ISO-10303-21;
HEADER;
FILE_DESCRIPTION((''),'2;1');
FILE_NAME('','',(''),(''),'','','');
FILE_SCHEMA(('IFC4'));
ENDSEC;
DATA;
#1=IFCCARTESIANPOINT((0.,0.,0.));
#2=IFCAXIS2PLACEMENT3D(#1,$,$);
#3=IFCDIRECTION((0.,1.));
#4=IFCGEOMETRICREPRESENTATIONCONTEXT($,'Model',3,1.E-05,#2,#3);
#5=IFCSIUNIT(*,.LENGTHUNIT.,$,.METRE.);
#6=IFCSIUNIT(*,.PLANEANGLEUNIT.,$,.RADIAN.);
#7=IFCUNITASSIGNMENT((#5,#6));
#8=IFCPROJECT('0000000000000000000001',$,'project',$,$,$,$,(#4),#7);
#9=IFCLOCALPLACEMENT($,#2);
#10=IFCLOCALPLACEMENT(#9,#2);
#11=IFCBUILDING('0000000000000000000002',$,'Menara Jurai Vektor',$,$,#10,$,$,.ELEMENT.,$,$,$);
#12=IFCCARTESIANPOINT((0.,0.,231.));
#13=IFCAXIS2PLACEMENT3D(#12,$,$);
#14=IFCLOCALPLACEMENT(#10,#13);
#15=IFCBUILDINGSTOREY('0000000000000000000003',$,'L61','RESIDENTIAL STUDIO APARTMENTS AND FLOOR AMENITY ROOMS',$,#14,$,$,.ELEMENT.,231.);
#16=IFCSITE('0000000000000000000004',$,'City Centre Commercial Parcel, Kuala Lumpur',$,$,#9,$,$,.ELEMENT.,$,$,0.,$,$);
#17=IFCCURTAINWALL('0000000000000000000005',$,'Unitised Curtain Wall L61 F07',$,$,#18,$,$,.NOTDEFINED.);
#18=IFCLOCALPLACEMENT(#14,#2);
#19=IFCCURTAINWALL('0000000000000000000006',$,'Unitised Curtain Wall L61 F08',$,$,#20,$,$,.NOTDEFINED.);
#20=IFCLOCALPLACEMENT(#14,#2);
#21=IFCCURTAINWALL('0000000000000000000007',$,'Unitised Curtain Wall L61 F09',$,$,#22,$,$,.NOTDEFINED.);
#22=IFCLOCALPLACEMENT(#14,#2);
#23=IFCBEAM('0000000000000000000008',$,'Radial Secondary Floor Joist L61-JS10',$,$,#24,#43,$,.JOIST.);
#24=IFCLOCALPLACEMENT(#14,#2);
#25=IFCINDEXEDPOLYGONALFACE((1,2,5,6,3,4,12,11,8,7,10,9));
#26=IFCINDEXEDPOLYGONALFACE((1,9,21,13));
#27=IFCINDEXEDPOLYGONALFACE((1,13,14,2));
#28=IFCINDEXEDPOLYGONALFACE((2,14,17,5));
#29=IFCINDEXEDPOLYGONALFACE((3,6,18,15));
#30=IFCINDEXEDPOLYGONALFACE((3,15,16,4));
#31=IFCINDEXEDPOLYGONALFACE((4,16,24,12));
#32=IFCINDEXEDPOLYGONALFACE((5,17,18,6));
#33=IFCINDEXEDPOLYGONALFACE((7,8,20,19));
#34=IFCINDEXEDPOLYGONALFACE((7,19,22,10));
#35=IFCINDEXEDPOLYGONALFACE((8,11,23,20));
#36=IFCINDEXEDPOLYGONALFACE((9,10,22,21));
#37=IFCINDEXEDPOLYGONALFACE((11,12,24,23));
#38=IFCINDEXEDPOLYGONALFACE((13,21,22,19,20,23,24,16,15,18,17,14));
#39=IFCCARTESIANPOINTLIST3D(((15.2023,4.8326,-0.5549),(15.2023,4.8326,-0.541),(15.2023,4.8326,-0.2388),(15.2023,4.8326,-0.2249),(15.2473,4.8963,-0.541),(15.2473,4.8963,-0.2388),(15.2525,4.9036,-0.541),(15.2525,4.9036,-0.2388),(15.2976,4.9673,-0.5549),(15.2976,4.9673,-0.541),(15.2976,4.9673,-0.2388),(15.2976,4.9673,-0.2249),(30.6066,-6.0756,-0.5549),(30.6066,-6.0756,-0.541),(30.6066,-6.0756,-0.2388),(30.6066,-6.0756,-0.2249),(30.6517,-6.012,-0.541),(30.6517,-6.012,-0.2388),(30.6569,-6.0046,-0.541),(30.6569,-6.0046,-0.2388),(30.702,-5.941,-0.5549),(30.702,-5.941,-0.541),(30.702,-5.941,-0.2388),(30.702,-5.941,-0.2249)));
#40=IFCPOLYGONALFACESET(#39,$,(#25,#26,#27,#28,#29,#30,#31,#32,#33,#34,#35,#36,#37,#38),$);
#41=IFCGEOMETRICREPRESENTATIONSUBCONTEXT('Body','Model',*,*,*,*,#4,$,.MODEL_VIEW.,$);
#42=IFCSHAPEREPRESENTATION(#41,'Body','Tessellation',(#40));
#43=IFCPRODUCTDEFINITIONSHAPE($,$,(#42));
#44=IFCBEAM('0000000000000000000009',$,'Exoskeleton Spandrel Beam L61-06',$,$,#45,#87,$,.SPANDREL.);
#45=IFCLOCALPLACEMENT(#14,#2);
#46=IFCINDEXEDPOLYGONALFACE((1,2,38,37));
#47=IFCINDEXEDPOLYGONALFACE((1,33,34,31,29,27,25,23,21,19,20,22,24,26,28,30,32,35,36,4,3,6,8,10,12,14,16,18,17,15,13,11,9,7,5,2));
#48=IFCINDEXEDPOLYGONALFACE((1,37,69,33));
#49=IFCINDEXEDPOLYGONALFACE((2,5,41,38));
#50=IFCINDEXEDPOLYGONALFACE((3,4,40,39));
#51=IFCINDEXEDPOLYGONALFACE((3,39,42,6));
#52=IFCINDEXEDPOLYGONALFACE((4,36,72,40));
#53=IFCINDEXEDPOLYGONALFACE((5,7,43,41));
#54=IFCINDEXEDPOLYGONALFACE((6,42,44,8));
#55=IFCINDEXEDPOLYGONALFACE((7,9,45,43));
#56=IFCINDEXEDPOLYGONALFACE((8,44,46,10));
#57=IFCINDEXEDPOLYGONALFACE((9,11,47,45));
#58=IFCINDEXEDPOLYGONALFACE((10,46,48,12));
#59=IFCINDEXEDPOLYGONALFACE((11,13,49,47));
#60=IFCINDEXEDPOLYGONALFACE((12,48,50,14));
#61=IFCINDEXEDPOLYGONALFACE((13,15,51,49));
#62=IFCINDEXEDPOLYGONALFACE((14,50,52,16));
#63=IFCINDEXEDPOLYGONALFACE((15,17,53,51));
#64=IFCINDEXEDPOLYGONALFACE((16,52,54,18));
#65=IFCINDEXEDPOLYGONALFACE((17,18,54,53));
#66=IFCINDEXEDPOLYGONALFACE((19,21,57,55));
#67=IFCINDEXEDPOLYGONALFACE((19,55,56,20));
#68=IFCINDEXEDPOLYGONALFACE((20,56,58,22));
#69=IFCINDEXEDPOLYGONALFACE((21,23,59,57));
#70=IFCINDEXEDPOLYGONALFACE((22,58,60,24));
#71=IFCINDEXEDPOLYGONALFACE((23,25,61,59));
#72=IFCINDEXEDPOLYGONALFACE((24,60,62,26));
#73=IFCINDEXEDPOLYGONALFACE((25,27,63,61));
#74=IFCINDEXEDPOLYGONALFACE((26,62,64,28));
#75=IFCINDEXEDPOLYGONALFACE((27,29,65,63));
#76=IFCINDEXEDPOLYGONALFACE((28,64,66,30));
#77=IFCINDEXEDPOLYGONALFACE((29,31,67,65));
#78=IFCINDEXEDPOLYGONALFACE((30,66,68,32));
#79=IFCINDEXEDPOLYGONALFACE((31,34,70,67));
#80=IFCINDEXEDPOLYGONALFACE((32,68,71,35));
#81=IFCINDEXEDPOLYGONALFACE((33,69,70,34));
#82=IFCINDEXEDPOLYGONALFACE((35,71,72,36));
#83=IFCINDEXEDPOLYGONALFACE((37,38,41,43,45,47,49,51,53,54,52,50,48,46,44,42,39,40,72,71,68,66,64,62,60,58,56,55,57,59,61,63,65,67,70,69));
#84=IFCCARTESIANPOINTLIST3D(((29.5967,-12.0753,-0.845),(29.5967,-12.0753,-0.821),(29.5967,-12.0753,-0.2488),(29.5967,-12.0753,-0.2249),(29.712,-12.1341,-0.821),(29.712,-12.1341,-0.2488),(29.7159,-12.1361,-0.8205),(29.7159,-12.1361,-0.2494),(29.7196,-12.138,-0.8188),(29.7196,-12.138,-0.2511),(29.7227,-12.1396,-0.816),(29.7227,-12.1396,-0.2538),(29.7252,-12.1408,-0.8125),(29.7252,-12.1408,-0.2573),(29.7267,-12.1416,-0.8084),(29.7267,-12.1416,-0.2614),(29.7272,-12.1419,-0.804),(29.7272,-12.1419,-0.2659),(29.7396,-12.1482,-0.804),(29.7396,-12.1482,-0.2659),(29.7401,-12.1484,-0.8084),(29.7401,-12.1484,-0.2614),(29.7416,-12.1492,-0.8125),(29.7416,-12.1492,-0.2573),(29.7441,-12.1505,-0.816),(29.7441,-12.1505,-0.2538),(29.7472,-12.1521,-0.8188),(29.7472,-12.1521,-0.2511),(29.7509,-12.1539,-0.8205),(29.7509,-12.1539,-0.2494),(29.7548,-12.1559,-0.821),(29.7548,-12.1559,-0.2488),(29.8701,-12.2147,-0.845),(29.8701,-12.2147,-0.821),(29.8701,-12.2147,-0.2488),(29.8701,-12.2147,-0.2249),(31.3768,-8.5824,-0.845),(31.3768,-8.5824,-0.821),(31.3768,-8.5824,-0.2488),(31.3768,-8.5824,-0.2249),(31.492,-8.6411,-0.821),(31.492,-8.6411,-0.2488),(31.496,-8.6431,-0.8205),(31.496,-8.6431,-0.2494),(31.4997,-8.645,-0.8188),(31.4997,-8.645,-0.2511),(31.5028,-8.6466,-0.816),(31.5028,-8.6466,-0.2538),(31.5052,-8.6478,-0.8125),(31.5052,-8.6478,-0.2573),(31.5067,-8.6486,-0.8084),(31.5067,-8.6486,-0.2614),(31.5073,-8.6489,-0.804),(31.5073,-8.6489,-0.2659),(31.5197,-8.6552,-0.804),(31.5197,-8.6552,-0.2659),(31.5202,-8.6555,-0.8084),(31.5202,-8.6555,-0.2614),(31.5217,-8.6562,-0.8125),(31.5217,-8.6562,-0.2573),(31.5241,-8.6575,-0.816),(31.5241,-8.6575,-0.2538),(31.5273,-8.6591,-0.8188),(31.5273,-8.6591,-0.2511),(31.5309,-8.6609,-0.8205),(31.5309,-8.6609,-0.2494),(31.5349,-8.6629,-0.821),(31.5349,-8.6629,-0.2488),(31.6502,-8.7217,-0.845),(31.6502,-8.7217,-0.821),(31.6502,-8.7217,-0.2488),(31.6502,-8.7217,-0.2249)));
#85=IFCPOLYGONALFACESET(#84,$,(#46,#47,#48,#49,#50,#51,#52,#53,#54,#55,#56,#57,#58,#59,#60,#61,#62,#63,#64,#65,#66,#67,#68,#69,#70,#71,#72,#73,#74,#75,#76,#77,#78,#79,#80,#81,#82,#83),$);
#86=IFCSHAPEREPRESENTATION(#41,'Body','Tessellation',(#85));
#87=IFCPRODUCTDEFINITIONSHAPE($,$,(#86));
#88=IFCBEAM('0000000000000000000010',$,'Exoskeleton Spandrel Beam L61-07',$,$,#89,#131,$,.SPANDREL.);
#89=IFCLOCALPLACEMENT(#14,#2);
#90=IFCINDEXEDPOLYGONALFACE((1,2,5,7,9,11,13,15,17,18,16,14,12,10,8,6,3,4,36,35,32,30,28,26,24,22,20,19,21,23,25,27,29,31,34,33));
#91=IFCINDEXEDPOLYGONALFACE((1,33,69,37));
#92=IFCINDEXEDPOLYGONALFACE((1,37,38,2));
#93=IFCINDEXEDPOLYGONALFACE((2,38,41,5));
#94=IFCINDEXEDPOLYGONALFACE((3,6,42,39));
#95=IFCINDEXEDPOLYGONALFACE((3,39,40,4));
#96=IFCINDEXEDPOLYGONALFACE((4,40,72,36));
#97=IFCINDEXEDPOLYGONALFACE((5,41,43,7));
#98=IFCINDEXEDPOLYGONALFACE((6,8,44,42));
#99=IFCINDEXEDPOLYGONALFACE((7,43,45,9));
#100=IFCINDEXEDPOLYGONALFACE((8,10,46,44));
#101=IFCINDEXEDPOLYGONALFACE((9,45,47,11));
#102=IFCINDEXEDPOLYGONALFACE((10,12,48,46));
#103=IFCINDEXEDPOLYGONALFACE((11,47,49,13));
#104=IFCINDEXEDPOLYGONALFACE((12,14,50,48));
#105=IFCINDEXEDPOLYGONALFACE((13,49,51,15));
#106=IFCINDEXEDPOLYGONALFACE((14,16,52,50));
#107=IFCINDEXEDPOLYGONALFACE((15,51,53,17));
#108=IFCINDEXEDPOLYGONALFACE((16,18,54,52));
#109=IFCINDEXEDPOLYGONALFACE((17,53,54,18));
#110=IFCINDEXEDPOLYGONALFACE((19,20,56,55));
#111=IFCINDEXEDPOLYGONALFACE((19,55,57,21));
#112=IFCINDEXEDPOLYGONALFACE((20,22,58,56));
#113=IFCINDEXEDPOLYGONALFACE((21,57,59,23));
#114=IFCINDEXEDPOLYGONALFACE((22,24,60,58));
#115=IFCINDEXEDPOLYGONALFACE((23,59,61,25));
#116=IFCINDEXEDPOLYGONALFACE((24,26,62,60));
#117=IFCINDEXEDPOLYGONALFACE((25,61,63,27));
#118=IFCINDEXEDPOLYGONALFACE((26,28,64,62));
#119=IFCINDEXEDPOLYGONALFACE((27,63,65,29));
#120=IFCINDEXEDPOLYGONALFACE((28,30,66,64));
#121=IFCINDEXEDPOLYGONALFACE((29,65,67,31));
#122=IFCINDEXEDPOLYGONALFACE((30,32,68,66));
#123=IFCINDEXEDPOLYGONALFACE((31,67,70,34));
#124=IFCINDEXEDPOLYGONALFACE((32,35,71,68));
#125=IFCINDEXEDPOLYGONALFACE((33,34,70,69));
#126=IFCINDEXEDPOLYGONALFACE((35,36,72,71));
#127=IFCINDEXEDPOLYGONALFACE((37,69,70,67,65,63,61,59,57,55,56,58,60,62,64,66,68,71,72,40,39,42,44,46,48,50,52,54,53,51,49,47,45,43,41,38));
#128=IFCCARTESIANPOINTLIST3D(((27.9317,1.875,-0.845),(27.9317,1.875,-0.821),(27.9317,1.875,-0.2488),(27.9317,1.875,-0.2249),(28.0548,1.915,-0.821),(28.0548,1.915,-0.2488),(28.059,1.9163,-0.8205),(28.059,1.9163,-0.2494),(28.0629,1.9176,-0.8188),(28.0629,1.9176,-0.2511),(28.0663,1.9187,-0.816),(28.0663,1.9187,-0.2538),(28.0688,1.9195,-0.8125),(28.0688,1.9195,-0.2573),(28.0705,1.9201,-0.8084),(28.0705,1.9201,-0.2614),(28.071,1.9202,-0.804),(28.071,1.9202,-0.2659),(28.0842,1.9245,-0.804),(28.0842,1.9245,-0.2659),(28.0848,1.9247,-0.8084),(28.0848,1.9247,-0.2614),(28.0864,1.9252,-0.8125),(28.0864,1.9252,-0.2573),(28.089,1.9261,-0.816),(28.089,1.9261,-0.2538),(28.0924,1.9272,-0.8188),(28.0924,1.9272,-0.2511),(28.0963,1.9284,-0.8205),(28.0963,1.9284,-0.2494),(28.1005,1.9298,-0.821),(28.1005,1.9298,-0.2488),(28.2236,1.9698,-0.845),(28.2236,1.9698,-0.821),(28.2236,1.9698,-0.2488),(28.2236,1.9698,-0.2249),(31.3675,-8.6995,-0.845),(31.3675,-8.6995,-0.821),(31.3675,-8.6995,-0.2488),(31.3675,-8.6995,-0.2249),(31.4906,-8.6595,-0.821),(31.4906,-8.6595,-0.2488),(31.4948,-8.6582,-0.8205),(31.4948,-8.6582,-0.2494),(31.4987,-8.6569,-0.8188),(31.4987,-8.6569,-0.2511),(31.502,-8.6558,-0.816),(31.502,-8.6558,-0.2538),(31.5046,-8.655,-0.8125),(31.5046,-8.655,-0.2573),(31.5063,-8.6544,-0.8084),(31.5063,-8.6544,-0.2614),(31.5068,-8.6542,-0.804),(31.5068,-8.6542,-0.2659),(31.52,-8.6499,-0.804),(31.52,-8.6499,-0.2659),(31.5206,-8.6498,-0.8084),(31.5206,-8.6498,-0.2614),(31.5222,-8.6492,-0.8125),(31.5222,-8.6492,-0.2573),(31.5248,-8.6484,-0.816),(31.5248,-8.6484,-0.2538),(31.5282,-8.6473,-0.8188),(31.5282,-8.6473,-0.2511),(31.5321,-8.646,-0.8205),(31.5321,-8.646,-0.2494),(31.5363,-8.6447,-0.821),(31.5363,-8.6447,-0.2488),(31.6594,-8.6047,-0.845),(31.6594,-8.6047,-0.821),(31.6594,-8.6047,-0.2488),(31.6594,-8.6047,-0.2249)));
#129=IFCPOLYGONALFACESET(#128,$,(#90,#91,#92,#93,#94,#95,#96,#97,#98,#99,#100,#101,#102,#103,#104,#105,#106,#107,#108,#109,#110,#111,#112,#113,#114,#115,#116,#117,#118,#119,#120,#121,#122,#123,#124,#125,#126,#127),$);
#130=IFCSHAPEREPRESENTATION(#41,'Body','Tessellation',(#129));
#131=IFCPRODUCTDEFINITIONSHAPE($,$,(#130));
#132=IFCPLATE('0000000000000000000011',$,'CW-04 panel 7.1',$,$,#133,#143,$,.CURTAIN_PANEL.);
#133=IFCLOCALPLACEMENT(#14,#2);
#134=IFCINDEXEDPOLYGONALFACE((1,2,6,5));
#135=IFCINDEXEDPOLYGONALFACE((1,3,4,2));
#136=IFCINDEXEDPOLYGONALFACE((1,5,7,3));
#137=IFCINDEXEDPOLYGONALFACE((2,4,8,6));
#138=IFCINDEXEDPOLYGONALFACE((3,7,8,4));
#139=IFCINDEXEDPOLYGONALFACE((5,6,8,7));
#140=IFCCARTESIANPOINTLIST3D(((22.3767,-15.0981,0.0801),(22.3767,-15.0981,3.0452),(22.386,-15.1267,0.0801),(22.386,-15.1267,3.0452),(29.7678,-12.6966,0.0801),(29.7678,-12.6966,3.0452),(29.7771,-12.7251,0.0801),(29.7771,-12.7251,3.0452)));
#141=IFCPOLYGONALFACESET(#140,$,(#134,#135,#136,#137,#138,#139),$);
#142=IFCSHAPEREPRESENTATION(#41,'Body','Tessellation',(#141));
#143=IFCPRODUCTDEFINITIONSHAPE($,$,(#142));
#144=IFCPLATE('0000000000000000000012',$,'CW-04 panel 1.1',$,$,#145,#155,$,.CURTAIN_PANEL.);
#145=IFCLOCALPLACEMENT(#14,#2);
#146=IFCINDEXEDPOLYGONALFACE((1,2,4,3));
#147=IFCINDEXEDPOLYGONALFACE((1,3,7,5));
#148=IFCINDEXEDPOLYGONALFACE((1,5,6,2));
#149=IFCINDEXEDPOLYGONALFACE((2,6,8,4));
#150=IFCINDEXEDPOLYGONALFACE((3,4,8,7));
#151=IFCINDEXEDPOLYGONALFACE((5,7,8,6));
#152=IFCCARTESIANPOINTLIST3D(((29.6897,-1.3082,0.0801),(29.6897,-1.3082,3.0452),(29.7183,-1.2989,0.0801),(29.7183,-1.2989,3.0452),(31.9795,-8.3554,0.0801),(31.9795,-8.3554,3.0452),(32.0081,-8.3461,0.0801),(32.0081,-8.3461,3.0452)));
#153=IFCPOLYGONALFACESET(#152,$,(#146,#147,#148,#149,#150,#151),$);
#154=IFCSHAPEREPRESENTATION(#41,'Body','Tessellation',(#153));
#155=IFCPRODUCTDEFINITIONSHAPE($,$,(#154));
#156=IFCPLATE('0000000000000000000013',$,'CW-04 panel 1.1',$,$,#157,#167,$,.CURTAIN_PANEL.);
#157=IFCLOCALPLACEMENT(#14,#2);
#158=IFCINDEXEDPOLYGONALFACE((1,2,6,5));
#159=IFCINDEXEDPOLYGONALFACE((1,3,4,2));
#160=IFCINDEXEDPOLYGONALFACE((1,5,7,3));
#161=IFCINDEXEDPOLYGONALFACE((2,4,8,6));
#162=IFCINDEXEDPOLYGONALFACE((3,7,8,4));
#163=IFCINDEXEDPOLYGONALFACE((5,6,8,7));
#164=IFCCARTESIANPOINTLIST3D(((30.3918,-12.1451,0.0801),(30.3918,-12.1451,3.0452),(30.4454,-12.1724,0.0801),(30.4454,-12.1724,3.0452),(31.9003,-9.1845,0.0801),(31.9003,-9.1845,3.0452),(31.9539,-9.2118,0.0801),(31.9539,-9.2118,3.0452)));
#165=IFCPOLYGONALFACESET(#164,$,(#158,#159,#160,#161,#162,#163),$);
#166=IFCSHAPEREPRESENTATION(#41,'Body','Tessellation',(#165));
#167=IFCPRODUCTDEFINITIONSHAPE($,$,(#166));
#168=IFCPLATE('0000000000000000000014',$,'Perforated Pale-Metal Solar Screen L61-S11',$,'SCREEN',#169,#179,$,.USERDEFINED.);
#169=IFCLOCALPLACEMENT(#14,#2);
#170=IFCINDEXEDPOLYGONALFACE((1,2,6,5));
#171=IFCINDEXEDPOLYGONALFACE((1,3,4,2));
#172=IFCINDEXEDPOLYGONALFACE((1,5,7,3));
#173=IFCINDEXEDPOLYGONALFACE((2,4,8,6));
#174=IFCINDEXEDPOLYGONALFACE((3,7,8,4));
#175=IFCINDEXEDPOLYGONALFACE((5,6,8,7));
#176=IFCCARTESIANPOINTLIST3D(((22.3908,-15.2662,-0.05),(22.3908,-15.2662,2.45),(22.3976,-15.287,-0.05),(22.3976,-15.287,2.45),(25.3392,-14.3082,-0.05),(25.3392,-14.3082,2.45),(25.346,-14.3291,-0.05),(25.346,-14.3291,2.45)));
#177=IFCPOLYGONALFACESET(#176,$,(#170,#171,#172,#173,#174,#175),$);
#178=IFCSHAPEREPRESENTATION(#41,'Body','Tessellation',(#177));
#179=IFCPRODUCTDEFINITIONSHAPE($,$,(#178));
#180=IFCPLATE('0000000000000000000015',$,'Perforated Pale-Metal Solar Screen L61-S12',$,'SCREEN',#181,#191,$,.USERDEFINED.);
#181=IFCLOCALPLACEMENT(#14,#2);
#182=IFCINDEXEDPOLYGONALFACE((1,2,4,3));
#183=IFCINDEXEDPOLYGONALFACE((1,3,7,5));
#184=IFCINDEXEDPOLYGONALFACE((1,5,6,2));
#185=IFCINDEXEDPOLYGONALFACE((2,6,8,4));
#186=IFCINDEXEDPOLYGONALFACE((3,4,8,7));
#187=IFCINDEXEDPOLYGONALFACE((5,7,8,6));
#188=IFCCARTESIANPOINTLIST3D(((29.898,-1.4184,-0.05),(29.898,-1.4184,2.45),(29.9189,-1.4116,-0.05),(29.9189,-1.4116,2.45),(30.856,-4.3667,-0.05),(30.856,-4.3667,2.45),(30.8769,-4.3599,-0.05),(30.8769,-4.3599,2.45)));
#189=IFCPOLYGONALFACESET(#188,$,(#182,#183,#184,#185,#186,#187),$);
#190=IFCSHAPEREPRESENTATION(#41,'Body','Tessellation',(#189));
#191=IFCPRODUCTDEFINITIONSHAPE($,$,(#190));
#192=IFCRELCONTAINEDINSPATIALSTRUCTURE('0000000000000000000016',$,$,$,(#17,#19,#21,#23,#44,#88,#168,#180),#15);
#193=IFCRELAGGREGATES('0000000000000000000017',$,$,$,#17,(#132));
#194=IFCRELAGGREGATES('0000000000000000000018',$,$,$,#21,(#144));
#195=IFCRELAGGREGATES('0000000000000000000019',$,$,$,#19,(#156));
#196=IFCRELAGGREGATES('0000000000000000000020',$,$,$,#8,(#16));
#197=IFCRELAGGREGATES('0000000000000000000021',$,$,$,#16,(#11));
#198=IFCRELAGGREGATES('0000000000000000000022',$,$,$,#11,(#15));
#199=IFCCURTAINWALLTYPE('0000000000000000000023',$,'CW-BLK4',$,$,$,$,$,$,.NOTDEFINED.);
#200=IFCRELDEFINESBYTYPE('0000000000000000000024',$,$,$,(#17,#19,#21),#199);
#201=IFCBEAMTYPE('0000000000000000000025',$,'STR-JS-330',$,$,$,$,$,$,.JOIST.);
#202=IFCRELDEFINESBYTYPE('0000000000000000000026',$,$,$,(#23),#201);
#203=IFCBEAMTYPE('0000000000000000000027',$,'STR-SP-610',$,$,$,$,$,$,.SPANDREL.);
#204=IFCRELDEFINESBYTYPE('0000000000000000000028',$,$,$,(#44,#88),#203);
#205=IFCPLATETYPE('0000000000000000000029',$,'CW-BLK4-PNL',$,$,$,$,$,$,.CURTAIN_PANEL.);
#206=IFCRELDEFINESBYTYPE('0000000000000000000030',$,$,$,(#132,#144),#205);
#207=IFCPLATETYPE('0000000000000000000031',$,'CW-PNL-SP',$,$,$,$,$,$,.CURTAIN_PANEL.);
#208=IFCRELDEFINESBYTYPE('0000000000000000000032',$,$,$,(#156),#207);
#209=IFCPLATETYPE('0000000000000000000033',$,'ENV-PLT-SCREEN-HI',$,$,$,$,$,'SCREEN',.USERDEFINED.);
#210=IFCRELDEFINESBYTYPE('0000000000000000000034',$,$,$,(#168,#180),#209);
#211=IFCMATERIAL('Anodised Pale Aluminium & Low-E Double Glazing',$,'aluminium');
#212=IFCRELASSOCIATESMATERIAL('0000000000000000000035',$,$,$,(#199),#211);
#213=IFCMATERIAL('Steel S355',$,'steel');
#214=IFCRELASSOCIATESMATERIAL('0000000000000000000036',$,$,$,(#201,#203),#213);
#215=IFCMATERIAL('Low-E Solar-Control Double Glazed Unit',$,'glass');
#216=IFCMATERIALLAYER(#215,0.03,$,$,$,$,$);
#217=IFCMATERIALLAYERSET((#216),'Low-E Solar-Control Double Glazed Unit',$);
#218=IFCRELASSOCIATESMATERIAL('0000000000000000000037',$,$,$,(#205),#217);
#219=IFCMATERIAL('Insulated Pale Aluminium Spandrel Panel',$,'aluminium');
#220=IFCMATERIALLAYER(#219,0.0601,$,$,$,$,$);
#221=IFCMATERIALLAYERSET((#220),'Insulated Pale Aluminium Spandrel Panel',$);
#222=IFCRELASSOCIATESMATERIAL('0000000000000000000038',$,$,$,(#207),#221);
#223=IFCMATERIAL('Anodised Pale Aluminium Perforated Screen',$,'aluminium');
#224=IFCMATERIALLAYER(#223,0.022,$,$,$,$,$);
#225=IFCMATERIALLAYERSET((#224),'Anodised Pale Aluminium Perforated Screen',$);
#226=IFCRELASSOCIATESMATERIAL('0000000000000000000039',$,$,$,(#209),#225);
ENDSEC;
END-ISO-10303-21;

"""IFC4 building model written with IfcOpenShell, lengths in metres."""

from ifc_helpers import new_model, si_unit, direction, frame, origin, origin_2d, place, context, subcontext, project, spatial, rectangle, i_section, extrude, material, layer, layer_set, material_profile, profile_set, type_object, element, aggregate, save


model = new_model("IFC4")

# Units and contexts
model_context = context("Model", 3, precision=1e-05, world=origin(), true_north=direction((0.0, 1.0)))
body_context = subcontext(model_context, "Body", "Model", "MODEL_VIEW")
ifc_project = project(units=[si_unit("LENGTHUNIT", "METRE"), si_unit("PLANEANGLEUNIT", "RADIAN")], contexts=[model_context])

# Site, building, storey
site_placement = place(None, origin())
site = spatial("IfcSite", under=ifc_project, at=site_placement, Name="City Centre Commercial Parcel, Kuala Lumpur", CompositionType="ELEMENT", RefElevation=0.0)
building_placement = place(site_placement, origin())
building = spatial("IfcBuilding", under=site, at=building_placement, Name="Menara Jurai Vektor", CompositionType="ELEMENT")
storey_placement = place(building_placement, frame((0.0, 0.0, 231.0)))
storey = spatial("IfcBuildingStorey", under=building, at=storey_placement, Name="L61", Description="RESIDENTIAL STUDIO APARTMENTS AND FLOOR AMENITY ROOMS", CompositionType="ELEMENT", Elevation=231.0)

# Curtain wall
ifc_material_1 = material(Name="Anodised Pale Aluminium & Low-E Double Glazing", Category="aluminium")
curtain_wall_type = type_object("IfcCurtainWallType", Name="CW-BLK4", PredefinedType="NOTDEFINED", material=ifc_material_1)
curtain_wall_1_placement = place(storey_placement, origin())
curtain_wall_1 = element("IfcCurtainWall", 1, at=curtain_wall_1_placement, inside=storey, type_object=curtain_wall_type, Name="Unitised Curtain Wall L61 F07", PredefinedType="NOTDEFINED")

# Curtain walls
curtain_wall_2_placement = place(storey_placement, origin())
curtain_wall_2 = element("IfcCurtainWall", 2, at=curtain_wall_2_placement, inside=storey, type_object=curtain_wall_type, Name="Unitised Curtain Wall L61 F08", PredefinedType="NOTDEFINED")
curtain_wall_3_placement = place(storey_placement, origin())
curtain_wall_3 = element("IfcCurtainWall", 3, at=curtain_wall_3_placement, inside=storey, type_object=curtain_wall_type, Name="Unitised Curtain Wall L61 F09", PredefinedType="NOTDEFINED")

# Shared definitions
ifc_material_2 = material(Name="Steel S355", Category="steel")

# Beams
ifc_material_profile_1 = material_profile(ifc_material_2, i_section(OverallWidth=0.165, OverallDepth=0.3301, WebThickness=0.009, FlangeThickness=0.0139, at=origin_2d()), Name="PG 330x165x46")
ifc_profile_set_1 = profile_set([ifc_material_profile_1], Name="Steel S355")
beam_type_1 = type_object("IfcBeamType", Name="STR-JS-330", PredefinedType="JOIST", material=ifc_profile_set_1)
beam_1_placement = place(storey_placement, frame((30.6543, -6.0083, -0.3899), z_axis=(-0.816104, 0.577905, 0.0), x_axis=(-0.577905, -0.816104, 0.0)))
element("IfcBeam", 4, at=beam_1_placement, inside=storey, type_object=beam_type_1, Name="Radial Secondary Floor Joist L61-JS10", PredefinedType="JOIST", context=body_context, shape_type="SweptSolid", body=[
    extrude(i_section(OverallWidth=0.165, OverallDepth=0.3301, WebThickness=0.009, FlangeThickness=0.0139, at=origin_2d()), origin(), (0.0, 0.0, 1.0), 18.8755),
])
ifc_material_profile_2 = material_profile(ifc_material_2, i_section(OverallWidth=0.3069, OverallDepth=0.6201, WebThickness=0.0139, FlangeThickness=0.0239, FilletRadius=0.0171, at=origin_2d()), Name="UKB 610x305x179")
ifc_profile_set_2 = profile_set([ifc_material_profile_2], Name="Steel S355")
beam_type_2 = type_object("IfcBeamType", Name="STR-SP-610", PredefinedType="SPANDREL", material=ifc_profile_set_2)
beam_2_placement = place(storey_placement, frame((29.7334, -12.145, -0.5349), z_axis=(0.454051, 0.890976, 0.0), x_axis=(-0.890976, 0.454051, 0.0)))
element("IfcBeam", 5, at=beam_2_placement, inside=storey, type_object=beam_type_2, Name="Exoskeleton Spandrel Beam L61-06", PredefinedType="SPANDREL", context=body_context, shape_type="SweptSolid", body=[
    extrude(i_section(OverallWidth=0.3069, OverallDepth=0.6201, WebThickness=0.0139, FlangeThickness=0.0239, FilletRadius=0.0171, at=origin_2d()), origin(), (0.0, 0.0, 1.0), 3.9204),
])
beam_3_placement = place(storey_placement, frame((31.5134, -8.6521, -0.5349), z_axis=(-0.309012, 0.951058, 0.0), x_axis=(-0.951058, -0.309012, 0.0)))
element("IfcBeam", 6, at=beam_3_placement, inside=storey, type_object=beam_type_2, Name="Exoskeleton Spandrel Beam L61-07", PredefinedType="SPANDREL", context=body_context, shape_type="SweptSolid", body=[
    extrude(i_section(OverallWidth=0.3069, OverallDepth=0.6201, WebThickness=0.0139, FlangeThickness=0.0239, FilletRadius=0.0171, at=origin_2d()), origin(), (0.0, 0.0, 1.0), 11.1187),
])

# Plates
ifc_material_3 = material(Name="Low-E Solar-Control Double Glazed Unit", Category="glass")
ifc_layer_1 = layer(ifc_material_3, 0.03)
ifc_layer_set_1 = layer_set([ifc_layer_1], Name="Low-E Solar-Control Double Glazed Unit")
plate_type_1 = type_object("IfcPlateType", Name="CW-BLK4-PNL", PredefinedType="CURTAIN_PANEL", material=ifc_layer_set_1)
plate_1_placement = place(storey_placement, frame((26.0769, -13.9116, 0.0801), z_axis=(0.0, 0.0, 1.0), x_axis=(0.951056, 0.309017, 0.0)))
plate_1 = element("IfcPlate", 7, at=plate_1_placement, type_object=plate_type_1, Name="CW-04 panel 7.1", PredefinedType="CURTAIN_PANEL", context=body_context, shape_type="SweptSolid", body=[
    extrude(rectangle(XDim=7.7715, YDim=0.03, at=origin_2d()), origin(), (0.0, 0.0, 1.0), 2.9651),
])
aggregate(curtain_wall_1, [plate_1])
plate_2_placement = place(storey_placement, frame((30.8489, -4.8271, 0.0801), z_axis=(0.0, 0.0, 1.0), x_axis=(-0.309017, 0.951056, 0.0)))
plate_2 = element("IfcPlate", 8, at=plate_2_placement, type_object=plate_type_1, Name="CW-04 panel 1.1", PredefinedType="CURTAIN_PANEL", context=body_context, shape_type="SweptSolid", body=[
    extrude(rectangle(XDim=7.4099, YDim=0.03, at=origin_2d()), origin(), (0.0, 0.0, 1.0), 2.9651),
])
aggregate(curtain_wall_3, [plate_2])
ifc_material_4 = material(Name="Insulated Pale Aluminium Spandrel Panel", Category="aluminium")
ifc_layer_2 = layer(ifc_material_4, 0.0601)
ifc_layer_set_2 = layer_set([ifc_layer_2], Name="Insulated Pale Aluminium Spandrel Panel")
plate_type_2 = type_object("IfcPlateType", Name="CW-PNL-SP", PredefinedType="CURTAIN_PANEL", material=ifc_layer_set_2)
plate_3_placement = place(storey_placement, frame((31.1729, -10.6785, 0.0801), z_axis=(0.0, 0.0, 1.0), x_axis=(0.453989, 0.891008, 0.0)))
plate_3 = element("IfcPlate", 9, at=plate_3_placement, type_object=plate_type_2, Name="CW-04 panel 1.1", PredefinedType="CURTAIN_PANEL", context=body_context, shape_type="SweptSolid", body=[
    extrude(rectangle(XDim=3.3228, YDim=0.0601, at=origin_2d()), origin(), (0.0, 0.0, 1.0), 2.9651),
])
aggregate(curtain_wall_2, [plate_3])

# Plates
ifc_material_5 = material(Name="Anodised Pale Aluminium Perforated Screen", Category="aluminium")
ifc_layer_3 = layer(ifc_material_5, 0.022)
ifc_layer_set_3 = layer_set([ifc_layer_3], Name="Anodised Pale Aluminium Perforated Screen")
plate_type_3 = type_object("IfcPlateType", Name="ENV-PLT-SCREEN-HI", ElementType="SCREEN", PredefinedType="USERDEFINED", material=ifc_layer_set_3)
for number, where, z_axis, x_axis, name in (
    (10, (23.8684, -14.7976, -0.05), (0.0, 0.0, 1.0), (0.951057, 0.309017, 0.0), "Perforated Pale-Metal Solar Screen L61-S11"),
    (11, (30.3875, -2.8892, -0.05), (0.0, 0.0, 1.0), (-0.309017, 0.951057, 0.0), "Perforated Pale-Metal Solar Screen L61-S12"),
):
    element("IfcPlate", number, at=place(storey_placement, frame(where, z_axis=z_axis, x_axis=x_axis)), inside=storey, type_object=plate_type_3, Name=name, ObjectType="SCREEN", PredefinedType="USERDEFINED", context=body_context, shape_type="SweptSolid", body=[
        extrude(rectangle(XDim=3.1001, YDim=0.022, at=origin_2d()), origin(), (0.0, 0.0, 1.0), 2.5),
    ])

save(model, "model.ifc")
